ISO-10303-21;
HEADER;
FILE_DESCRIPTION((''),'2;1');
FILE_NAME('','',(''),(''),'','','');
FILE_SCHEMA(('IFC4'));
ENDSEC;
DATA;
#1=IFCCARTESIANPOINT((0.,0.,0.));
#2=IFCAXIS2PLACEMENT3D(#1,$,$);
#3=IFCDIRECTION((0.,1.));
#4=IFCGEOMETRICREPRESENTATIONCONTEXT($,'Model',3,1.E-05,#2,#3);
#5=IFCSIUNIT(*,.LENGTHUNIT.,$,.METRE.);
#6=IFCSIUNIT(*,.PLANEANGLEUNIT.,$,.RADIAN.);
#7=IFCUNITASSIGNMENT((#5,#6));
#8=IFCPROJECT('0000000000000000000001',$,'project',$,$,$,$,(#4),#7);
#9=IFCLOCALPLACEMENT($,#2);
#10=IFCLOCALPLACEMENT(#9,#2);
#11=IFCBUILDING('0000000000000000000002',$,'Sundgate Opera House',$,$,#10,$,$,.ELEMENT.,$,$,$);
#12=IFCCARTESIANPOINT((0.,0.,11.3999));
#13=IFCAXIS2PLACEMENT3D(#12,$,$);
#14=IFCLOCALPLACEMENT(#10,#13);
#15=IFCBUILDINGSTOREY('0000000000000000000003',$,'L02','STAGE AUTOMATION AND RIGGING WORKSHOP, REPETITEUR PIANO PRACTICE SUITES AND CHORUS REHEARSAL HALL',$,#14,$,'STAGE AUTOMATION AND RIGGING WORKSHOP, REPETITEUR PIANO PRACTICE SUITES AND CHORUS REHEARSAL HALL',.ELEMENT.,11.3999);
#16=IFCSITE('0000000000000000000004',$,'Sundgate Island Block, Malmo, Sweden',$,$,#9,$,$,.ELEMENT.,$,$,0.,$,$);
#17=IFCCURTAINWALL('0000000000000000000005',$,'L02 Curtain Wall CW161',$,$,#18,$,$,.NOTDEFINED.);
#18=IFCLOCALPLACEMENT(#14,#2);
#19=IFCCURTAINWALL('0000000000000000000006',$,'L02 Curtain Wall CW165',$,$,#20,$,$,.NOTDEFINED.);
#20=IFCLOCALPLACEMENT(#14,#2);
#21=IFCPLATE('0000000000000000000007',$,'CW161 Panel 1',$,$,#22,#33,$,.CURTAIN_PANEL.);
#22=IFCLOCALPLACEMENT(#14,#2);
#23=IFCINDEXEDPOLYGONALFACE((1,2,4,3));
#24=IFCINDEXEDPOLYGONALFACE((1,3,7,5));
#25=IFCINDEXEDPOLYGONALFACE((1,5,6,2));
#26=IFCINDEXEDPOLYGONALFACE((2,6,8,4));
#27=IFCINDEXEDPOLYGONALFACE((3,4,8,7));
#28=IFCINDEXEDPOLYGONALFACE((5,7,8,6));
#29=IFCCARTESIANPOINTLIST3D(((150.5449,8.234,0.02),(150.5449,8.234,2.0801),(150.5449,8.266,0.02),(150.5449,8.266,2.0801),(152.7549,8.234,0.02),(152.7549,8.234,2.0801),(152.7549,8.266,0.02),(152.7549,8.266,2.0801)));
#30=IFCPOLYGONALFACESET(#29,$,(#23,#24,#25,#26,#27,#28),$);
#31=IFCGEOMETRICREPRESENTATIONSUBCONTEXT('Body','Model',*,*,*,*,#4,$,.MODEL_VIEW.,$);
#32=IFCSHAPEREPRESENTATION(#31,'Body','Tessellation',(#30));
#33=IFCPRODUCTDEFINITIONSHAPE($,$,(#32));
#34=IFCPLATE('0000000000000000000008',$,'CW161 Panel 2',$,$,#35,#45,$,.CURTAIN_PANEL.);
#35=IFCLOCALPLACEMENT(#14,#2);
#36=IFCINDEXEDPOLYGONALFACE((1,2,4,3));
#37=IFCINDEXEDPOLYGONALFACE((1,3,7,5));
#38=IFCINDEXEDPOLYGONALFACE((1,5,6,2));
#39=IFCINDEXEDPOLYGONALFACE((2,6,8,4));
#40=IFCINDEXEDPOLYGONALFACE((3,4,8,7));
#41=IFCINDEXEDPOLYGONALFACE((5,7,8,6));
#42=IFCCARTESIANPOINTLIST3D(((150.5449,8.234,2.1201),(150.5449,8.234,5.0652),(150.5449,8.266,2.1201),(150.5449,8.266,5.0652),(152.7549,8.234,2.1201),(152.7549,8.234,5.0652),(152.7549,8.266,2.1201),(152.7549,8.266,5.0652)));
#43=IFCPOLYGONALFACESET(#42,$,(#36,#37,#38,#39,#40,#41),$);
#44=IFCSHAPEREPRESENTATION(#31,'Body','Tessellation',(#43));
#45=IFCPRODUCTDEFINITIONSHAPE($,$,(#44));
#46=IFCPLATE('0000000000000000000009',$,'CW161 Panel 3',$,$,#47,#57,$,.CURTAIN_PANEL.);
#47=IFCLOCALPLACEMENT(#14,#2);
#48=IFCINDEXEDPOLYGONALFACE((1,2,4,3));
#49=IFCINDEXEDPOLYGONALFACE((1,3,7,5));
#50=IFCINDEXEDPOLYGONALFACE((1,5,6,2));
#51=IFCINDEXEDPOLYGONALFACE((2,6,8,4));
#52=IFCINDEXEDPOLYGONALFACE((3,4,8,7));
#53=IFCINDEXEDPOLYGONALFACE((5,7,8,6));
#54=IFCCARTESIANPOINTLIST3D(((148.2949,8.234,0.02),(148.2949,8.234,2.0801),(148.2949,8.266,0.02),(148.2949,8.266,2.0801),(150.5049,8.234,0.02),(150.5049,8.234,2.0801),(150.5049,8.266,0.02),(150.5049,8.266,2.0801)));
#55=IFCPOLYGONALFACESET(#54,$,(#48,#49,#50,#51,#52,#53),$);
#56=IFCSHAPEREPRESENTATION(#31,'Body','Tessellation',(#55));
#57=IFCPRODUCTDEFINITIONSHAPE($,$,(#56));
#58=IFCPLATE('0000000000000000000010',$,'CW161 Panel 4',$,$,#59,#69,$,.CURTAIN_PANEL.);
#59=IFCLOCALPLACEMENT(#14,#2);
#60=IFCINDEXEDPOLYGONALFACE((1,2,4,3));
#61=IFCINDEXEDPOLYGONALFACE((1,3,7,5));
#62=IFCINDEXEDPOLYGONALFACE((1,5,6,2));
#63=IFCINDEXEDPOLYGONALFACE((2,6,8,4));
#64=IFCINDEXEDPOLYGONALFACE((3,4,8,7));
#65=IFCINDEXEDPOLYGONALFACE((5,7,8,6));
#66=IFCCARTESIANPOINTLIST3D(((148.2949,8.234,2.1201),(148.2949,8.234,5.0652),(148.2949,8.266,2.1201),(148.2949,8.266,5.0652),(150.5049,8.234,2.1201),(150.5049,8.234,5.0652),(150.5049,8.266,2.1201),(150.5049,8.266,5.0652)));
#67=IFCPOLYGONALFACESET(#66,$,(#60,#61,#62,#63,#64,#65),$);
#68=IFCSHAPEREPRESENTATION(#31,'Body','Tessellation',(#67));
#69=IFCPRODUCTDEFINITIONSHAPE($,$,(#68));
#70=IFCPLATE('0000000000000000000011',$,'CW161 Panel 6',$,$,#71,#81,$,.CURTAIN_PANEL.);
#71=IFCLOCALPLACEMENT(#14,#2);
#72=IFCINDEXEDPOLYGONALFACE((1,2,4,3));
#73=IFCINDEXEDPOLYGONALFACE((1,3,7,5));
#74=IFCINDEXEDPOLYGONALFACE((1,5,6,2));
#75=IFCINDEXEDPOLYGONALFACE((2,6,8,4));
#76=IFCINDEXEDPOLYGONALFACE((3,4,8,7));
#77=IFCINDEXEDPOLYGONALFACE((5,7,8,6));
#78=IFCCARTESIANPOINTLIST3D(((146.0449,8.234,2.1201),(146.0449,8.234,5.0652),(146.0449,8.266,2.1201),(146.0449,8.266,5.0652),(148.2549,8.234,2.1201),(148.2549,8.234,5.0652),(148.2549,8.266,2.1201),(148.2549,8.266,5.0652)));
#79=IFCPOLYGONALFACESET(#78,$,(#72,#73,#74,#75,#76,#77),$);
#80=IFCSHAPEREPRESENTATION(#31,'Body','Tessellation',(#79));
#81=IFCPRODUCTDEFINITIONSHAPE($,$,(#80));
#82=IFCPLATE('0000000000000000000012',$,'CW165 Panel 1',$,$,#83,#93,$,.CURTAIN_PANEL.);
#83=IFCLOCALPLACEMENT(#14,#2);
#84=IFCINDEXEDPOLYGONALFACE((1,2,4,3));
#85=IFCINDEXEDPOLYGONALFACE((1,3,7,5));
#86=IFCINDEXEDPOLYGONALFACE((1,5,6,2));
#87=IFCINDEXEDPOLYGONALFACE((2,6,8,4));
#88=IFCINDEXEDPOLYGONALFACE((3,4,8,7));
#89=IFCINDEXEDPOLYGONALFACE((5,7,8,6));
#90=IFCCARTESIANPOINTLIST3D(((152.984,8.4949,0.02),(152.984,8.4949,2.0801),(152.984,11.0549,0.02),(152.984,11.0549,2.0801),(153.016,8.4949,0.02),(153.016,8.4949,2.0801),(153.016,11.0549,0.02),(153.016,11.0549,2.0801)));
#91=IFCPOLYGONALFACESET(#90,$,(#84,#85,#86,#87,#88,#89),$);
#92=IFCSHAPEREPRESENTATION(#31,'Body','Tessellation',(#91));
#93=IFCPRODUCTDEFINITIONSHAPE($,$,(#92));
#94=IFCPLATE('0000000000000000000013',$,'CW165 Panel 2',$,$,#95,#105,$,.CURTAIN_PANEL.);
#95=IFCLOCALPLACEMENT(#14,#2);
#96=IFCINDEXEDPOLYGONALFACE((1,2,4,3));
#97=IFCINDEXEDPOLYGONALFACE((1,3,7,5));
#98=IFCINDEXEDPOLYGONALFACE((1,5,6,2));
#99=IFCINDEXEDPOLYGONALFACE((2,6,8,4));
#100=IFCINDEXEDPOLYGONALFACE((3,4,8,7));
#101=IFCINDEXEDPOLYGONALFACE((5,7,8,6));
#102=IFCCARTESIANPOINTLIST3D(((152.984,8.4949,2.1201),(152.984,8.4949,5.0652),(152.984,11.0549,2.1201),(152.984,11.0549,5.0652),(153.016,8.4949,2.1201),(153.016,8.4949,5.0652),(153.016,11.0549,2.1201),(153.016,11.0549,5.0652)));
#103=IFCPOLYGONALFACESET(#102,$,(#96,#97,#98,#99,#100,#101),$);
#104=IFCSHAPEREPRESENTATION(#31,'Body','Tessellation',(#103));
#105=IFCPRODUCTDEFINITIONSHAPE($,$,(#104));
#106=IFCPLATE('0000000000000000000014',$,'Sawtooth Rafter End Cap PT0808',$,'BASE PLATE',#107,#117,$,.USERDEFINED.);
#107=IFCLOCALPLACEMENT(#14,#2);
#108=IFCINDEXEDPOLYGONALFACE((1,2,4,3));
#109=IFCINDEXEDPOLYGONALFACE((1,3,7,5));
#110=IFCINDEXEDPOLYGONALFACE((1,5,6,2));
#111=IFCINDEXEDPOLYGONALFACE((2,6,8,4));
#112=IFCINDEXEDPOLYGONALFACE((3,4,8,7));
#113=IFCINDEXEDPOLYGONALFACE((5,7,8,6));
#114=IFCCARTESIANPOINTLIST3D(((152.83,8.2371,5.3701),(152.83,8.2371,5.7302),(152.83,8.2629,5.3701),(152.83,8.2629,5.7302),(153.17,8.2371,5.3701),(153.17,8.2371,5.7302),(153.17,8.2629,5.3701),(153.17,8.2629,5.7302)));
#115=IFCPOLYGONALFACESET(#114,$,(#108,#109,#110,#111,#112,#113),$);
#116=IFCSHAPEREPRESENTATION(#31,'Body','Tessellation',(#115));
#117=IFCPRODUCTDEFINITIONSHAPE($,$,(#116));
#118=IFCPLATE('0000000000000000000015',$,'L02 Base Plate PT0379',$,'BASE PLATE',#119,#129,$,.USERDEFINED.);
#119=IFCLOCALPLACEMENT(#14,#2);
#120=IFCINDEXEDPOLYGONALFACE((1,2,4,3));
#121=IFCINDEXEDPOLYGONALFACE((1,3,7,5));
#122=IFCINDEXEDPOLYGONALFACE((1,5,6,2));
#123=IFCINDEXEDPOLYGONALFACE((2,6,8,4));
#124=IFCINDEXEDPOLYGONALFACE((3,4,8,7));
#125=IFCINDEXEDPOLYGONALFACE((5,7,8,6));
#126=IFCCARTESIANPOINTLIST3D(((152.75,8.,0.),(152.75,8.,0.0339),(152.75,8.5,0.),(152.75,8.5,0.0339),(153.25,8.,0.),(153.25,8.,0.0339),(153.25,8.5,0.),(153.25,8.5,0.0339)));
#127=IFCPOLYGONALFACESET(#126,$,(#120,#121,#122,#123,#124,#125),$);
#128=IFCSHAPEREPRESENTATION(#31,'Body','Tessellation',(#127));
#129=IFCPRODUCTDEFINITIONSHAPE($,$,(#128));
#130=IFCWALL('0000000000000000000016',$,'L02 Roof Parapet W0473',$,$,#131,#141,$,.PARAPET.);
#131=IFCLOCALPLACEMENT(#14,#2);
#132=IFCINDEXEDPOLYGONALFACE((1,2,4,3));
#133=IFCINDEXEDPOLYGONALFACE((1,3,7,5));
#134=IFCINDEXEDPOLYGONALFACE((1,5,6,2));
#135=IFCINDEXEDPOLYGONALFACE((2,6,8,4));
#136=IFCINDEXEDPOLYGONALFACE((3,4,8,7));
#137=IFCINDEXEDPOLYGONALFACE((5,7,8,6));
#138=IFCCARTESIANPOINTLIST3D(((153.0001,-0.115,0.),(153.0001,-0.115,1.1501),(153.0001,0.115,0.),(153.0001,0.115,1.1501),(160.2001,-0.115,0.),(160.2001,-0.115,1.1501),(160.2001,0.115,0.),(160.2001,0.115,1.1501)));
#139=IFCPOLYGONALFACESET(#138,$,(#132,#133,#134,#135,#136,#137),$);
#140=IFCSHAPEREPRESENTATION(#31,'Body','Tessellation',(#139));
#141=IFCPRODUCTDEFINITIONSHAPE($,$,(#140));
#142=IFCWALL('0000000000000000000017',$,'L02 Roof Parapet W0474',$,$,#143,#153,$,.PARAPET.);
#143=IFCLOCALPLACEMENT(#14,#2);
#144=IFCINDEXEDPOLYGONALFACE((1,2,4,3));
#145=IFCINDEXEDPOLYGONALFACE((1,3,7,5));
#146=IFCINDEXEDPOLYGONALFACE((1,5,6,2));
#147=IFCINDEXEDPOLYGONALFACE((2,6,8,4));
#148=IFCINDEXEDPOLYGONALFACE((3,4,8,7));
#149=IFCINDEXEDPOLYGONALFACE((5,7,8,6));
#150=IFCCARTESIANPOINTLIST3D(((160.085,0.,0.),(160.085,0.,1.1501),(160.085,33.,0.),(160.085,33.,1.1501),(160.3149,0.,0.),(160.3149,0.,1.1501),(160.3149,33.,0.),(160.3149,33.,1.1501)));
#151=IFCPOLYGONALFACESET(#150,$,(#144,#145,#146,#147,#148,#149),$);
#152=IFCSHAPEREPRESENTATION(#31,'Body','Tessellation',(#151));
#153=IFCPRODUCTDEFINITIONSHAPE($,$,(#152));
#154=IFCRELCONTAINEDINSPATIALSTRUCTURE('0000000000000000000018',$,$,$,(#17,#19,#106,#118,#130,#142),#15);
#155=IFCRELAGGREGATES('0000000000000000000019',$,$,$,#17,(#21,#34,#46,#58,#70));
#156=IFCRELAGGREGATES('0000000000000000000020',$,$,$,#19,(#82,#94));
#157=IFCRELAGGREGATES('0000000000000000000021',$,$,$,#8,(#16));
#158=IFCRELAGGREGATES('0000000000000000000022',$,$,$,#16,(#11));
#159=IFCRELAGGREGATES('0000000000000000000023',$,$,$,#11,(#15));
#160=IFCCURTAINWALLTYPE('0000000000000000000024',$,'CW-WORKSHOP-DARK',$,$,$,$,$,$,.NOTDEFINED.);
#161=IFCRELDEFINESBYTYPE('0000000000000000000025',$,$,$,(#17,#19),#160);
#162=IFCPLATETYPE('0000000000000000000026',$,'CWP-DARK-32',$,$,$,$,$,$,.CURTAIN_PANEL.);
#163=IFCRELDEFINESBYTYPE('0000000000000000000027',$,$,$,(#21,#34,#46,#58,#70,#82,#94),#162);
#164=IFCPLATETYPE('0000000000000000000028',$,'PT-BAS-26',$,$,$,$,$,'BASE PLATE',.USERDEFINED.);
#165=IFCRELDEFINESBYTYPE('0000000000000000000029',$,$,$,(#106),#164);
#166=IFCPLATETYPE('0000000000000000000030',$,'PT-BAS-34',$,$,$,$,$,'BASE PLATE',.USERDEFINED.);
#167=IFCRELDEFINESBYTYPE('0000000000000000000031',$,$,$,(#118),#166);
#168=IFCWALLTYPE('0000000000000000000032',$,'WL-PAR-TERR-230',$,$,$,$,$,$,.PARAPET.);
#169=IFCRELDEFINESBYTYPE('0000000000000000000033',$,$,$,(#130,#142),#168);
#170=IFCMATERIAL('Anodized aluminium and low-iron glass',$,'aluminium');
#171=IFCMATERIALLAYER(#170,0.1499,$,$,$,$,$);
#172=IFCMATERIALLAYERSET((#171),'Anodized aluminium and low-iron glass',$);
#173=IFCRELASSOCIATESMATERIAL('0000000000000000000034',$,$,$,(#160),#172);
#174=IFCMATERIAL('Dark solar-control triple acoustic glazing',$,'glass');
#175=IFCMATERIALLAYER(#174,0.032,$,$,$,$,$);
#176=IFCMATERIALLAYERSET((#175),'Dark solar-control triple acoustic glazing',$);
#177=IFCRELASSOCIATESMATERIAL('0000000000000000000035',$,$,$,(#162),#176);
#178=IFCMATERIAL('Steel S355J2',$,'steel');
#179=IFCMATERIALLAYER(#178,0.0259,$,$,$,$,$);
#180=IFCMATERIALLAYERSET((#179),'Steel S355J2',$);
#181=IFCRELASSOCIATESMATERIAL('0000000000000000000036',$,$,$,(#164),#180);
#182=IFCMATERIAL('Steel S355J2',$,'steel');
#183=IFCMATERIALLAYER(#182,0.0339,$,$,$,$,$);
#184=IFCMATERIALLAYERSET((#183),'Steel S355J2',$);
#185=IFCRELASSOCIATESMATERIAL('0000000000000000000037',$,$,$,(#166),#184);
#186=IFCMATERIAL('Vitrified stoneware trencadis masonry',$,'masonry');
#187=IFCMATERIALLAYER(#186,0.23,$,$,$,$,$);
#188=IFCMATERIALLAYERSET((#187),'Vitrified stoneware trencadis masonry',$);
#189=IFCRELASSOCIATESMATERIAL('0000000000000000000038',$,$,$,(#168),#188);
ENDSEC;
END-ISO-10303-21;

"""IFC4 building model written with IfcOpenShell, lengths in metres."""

from ifc_helpers import new_model, si_unit, direction, frame, frame_2d, origin, origin_2d, place, context, subcontext, project, spatial, rectangle, extrude, material, layer, layer_set, type_object, element, aggregate, save


model = new_model("IFC4")

# Units and contexts
model_context = context("Model", 3, precision=1e-05, world=origin(), true_north=direction((0.0, 1.0)))
body_context = subcontext(model_context, "Body", "Model", "MODEL_VIEW")
ifc_project = project(units=[si_unit("LENGTHUNIT", "METRE"), si_unit("PLANEANGLEUNIT", "RADIAN")], contexts=[model_context])

# Site, building, storey
site_placement = place(None, origin())
site = spatial("IfcSite", under=ifc_project, at=site_placement, Name="Sundgate Island Block, Malmo, Sweden", CompositionType="ELEMENT", RefElevation=0.0)
building_placement = place(site_placement, origin())
building = spatial("IfcBuilding", under=site, at=building_placement, Name="Sundgate Opera House", CompositionType="ELEMENT")
storey_placement = place(building_placement, frame((0.0, 0.0, 11.3999)))
storey = spatial("IfcBuildingStorey", under=building, at=storey_placement, Name="L02", Description="STAGE AUTOMATION AND RIGGING WORKSHOP, REPETITEUR PIANO PRACTICE SUITES AND CHORUS REHEARSAL HALL", LongName="STAGE AUTOMATION AND RIGGING WORKSHOP, REPETITEUR PIANO PRACTICE SUITES AND CHORUS REHEARSAL HALL", CompositionType="ELEMENT", Elevation=11.3999)

# Curtain walls
ifc_material_1 = material(Name="Anodized aluminium and low-iron glass", Category="aluminium")
ifc_layer_1 = layer(ifc_material_1, 0.1499)
ifc_layer_set_1 = layer_set([ifc_layer_1], Name="Anodized aluminium and low-iron glass")
curtain_wall_type = type_object("IfcCurtainWallType", Name="CW-WORKSHOP-DARK", PredefinedType="NOTDEFINED", material=ifc_layer_set_1)
curtain_wall_1_placement = place(storey_placement, origin())
curtain_wall_1 = element("IfcCurtainWall", 1, at=curtain_wall_1_placement, inside=storey, type_object=curtain_wall_type, Name="L02 Curtain Wall CW161", PredefinedType="NOTDEFINED")
curtain_wall_2_placement = place(storey_placement, origin())
curtain_wall_2 = element("IfcCurtainWall", 2, at=curtain_wall_2_placement, inside=storey, type_object=curtain_wall_type, Name="L02 Curtain Wall CW165", PredefinedType="NOTDEFINED")

# Plates
ifc_material_2 = material(Name="Dark solar-control triple acoustic glazing", Category="glass")
ifc_layer_2 = layer(ifc_material_2, 0.032)
ifc_layer_set_2 = layer_set([ifc_layer_2], Name="Dark solar-control triple acoustic glazing")
plate_type_1 = type_object("IfcPlateType", Name="CWP-DARK-32", PredefinedType="CURTAIN_PANEL", material=ifc_layer_set_2)
plate_1_placement = place(storey_placement, frame((151.6499, 8.25, 0.02), z_axis=(0.0, 0.0, 1.0), x_axis=(-1.0, 0.0, 0.0)))
plate_1 = element("IfcPlate", 3, at=plate_1_placement, type_object=plate_type_1, Name="CW161 Panel 1", PredefinedType="CURTAIN_PANEL", context=body_context, shape_type="SweptSolid", body=[
    extrude(rectangle(XDim=2.21, YDim=0.032, at=origin_2d()), origin(), (0.0, 0.0, 1.0), 2.0601),
])
plate_2_placement = place(storey_placement, frame((151.6499, 8.25, 2.1201), z_axis=(0.0, 0.0, 1.0), x_axis=(-1.0, 0.0, 0.0)))
plate_2 = element("IfcPlate", 4, at=plate_2_placement, type_object=plate_type_1, Name="CW161 Panel 2", PredefinedType="CURTAIN_PANEL", context=body_context, shape_type="SweptSolid", body=[
    extrude(rectangle(XDim=2.21, YDim=0.032, at=origin_2d()), origin(), (0.0, 0.0, 1.0), 2.9451),
])
plate_3_placement = place(storey_placement, frame((149.3999, 8.25, 0.02), z_axis=(0.0, 0.0, 1.0), x_axis=(-1.0, 0.0, 0.0)))
plate_3 = element("IfcPlate", 5, at=plate_3_placement, type_object=plate_type_1, Name="CW161 Panel 3", PredefinedType="CURTAIN_PANEL", context=body_context, shape_type="SweptSolid", body=[
    extrude(rectangle(XDim=2.21, YDim=0.032, at=origin_2d()), origin(), (0.0, 0.0, 1.0), 2.0601),
])
plate_4_placement = place(storey_placement, frame((149.3999, 8.25, 2.1201), z_axis=(0.0, 0.0, 1.0), x_axis=(-1.0, 0.0, 0.0)))
plate_4 = element("IfcPlate", 6, at=plate_4_placement, type_object=plate_type_1, Name="CW161 Panel 4", PredefinedType="CURTAIN_PANEL", context=body_context, shape_type="SweptSolid", body=[
    extrude(rectangle(XDim=2.21, YDim=0.032, at=origin_2d()), origin(), (0.0, 0.0, 1.0), 2.9451),
])
plate_5_placement = place(storey_placement, frame((147.1499, 8.25, 2.1201), z_axis=(0.0, 0.0, 1.0), x_axis=(-1.0, 0.0, 0.0)))
plate_5 = element("IfcPlate", 7, at=plate_5_placement, type_object=plate_type_1, Name="CW161 Panel 6", PredefinedType="CURTAIN_PANEL", context=body_context, shape_type="SweptSolid", body=[
    extrude(rectangle(XDim=2.21, YDim=0.032, at=origin_2d()), origin(), (0.0, 0.0, 1.0), 2.9451),
])
aggregate(curtain_wall_1, [plate_1, plate_2, plate_3, plate_4, plate_5])
plate_6_placement = place(storey_placement, frame((153.0, 9.7749, 0.02), z_axis=(0.0, 0.0, 1.0), x_axis=(0.0, 1.0, 0.0)))
plate_6 = element("IfcPlate", 8, at=plate_6_placement, type_object=plate_type_1, Name="CW165 Panel 1", PredefinedType="CURTAIN_PANEL", context=body_context, shape_type="SweptSolid", body=[
    extrude(rectangle(XDim=2.5601, YDim=0.032, at=origin_2d()), origin(), (0.0, 0.0, 1.0), 2.0601),
])
plate_7_placement = place(storey_placement, frame((153.0, 9.7749, 2.1201), z_axis=(0.0, 0.0, 1.0), x_axis=(0.0, 1.0, 0.0)))
plate_7 = element("IfcPlate", 9, at=plate_7_placement, type_object=plate_type_1, Name="CW165 Panel 2", PredefinedType="CURTAIN_PANEL", context=body_context, shape_type="SweptSolid", body=[
    extrude(rectangle(XDim=2.5601, YDim=0.032, at=origin_2d()), origin(), (0.0, 0.0, 1.0), 2.9451),
])
aggregate(curtain_wall_2, [plate_6, plate_7])

# Plates
ifc_material_3 = material(Name="Steel S355J2", Category="steel")
ifc_layer_3 = layer(ifc_material_3, 0.0259)
ifc_layer_set_3 = layer_set([ifc_layer_3], Name="Steel S355J2")
plate_type_2 = type_object("IfcPlateType", Name="PT-BAS-26", ElementType="BASE PLATE", PredefinedType="USERDEFINED", material=ifc_layer_set_3)
plate_8_placement = place(storey_placement, frame((153.0, 8.25, 5.3701), z_axis=(0.0, 0.0, 1.0), x_axis=(1.0, 0.0, 0.0)))
element("IfcPlate", 10, at=plate_8_placement, inside=storey, type_object=plate_type_2, Name="Sawtooth Rafter End Cap PT0808", ObjectType="BASE PLATE", PredefinedType="USERDEFINED", context=body_context, shape_type="SweptSolid", body=[
    extrude(rectangle(XDim=0.3401, YDim=0.0259, at=origin_2d()), origin(), (0.0, 0.0, 1.0), 0.3601),
])
ifc_material_4 = material(Name="Steel S355J2", Category="steel")
ifc_layer_4 = layer(ifc_material_4, 0.0339)
ifc_layer_set_4 = layer_set([ifc_layer_4], Name="Steel S355J2")
plate_type_3 = type_object("IfcPlateType", Name="PT-BAS-34", ElementType="BASE PLATE", PredefinedType="USERDEFINED", material=ifc_layer_set_4)
plate_9_placement = place(storey_placement, frame((153.0, 8.25, 0.0), z_axis=(0.0, 0.0, 1.0), x_axis=(1.0, 0.0, 0.0)))
element("IfcPlate", 11, at=plate_9_placement, inside=storey, type_object=plate_type_3, Name="L02 Base Plate PT0379", ObjectType="BASE PLATE", PredefinedType="USERDEFINED", context=body_context, shape_type="SweptSolid", body=[
    extrude(rectangle(XDim=0.5, YDim=0.5, at=origin_2d()), origin(), (0.0, 0.0, 1.0), 0.0339),
])

# Walls
ifc_material_5 = material(Name="Vitrified stoneware trencadis masonry", Category="masonry")
ifc_layer_5 = layer(ifc_material_5, 0.23)
ifc_layer_set_5 = layer_set([ifc_layer_5], Name="Vitrified stoneware trencadis masonry")
wall_type = type_object("IfcWallType", Name="WL-PAR-TERR-230", PredefinedType="PARAPET", material=ifc_layer_set_5)
wall_1_placement = place(storey_placement, frame((153.0, 0.0, 0.0), z_axis=(0.0, 0.0, 1.0), x_axis=(1.0, 0.0, 0.0)))
element("IfcWall", 12, at=wall_1_placement, inside=storey, type_object=wall_type, Name="L02 Roof Parapet W0473", PredefinedType="PARAPET", context=body_context, shape_type="SweptSolid", body=[
    extrude(rectangle(XDim=7.2, YDim=0.23, at=frame_2d((3.6001, 0.0))), origin(), (0.0, 0.0, 1.0), 1.1501),
])
wall_2_placement = place(storey_placement, frame((160.2, 0.0, 0.0), z_axis=(0.0, 0.0, 1.0), x_axis=(0.0, 1.0, 0.0)))
element("IfcWall", 13, at=wall_2_placement, inside=storey, type_object=wall_type, Name="L02 Roof Parapet W0474", PredefinedType="PARAPET", context=body_context, shape_type="SweptSolid", body=[
    extrude(rectangle(XDim=33.0, YDim=0.23, at=frame_2d((16.5, 0.0))), origin(), (0.0, 0.0, 1.0), 1.1501),
])

save(model, "model.ifc")
